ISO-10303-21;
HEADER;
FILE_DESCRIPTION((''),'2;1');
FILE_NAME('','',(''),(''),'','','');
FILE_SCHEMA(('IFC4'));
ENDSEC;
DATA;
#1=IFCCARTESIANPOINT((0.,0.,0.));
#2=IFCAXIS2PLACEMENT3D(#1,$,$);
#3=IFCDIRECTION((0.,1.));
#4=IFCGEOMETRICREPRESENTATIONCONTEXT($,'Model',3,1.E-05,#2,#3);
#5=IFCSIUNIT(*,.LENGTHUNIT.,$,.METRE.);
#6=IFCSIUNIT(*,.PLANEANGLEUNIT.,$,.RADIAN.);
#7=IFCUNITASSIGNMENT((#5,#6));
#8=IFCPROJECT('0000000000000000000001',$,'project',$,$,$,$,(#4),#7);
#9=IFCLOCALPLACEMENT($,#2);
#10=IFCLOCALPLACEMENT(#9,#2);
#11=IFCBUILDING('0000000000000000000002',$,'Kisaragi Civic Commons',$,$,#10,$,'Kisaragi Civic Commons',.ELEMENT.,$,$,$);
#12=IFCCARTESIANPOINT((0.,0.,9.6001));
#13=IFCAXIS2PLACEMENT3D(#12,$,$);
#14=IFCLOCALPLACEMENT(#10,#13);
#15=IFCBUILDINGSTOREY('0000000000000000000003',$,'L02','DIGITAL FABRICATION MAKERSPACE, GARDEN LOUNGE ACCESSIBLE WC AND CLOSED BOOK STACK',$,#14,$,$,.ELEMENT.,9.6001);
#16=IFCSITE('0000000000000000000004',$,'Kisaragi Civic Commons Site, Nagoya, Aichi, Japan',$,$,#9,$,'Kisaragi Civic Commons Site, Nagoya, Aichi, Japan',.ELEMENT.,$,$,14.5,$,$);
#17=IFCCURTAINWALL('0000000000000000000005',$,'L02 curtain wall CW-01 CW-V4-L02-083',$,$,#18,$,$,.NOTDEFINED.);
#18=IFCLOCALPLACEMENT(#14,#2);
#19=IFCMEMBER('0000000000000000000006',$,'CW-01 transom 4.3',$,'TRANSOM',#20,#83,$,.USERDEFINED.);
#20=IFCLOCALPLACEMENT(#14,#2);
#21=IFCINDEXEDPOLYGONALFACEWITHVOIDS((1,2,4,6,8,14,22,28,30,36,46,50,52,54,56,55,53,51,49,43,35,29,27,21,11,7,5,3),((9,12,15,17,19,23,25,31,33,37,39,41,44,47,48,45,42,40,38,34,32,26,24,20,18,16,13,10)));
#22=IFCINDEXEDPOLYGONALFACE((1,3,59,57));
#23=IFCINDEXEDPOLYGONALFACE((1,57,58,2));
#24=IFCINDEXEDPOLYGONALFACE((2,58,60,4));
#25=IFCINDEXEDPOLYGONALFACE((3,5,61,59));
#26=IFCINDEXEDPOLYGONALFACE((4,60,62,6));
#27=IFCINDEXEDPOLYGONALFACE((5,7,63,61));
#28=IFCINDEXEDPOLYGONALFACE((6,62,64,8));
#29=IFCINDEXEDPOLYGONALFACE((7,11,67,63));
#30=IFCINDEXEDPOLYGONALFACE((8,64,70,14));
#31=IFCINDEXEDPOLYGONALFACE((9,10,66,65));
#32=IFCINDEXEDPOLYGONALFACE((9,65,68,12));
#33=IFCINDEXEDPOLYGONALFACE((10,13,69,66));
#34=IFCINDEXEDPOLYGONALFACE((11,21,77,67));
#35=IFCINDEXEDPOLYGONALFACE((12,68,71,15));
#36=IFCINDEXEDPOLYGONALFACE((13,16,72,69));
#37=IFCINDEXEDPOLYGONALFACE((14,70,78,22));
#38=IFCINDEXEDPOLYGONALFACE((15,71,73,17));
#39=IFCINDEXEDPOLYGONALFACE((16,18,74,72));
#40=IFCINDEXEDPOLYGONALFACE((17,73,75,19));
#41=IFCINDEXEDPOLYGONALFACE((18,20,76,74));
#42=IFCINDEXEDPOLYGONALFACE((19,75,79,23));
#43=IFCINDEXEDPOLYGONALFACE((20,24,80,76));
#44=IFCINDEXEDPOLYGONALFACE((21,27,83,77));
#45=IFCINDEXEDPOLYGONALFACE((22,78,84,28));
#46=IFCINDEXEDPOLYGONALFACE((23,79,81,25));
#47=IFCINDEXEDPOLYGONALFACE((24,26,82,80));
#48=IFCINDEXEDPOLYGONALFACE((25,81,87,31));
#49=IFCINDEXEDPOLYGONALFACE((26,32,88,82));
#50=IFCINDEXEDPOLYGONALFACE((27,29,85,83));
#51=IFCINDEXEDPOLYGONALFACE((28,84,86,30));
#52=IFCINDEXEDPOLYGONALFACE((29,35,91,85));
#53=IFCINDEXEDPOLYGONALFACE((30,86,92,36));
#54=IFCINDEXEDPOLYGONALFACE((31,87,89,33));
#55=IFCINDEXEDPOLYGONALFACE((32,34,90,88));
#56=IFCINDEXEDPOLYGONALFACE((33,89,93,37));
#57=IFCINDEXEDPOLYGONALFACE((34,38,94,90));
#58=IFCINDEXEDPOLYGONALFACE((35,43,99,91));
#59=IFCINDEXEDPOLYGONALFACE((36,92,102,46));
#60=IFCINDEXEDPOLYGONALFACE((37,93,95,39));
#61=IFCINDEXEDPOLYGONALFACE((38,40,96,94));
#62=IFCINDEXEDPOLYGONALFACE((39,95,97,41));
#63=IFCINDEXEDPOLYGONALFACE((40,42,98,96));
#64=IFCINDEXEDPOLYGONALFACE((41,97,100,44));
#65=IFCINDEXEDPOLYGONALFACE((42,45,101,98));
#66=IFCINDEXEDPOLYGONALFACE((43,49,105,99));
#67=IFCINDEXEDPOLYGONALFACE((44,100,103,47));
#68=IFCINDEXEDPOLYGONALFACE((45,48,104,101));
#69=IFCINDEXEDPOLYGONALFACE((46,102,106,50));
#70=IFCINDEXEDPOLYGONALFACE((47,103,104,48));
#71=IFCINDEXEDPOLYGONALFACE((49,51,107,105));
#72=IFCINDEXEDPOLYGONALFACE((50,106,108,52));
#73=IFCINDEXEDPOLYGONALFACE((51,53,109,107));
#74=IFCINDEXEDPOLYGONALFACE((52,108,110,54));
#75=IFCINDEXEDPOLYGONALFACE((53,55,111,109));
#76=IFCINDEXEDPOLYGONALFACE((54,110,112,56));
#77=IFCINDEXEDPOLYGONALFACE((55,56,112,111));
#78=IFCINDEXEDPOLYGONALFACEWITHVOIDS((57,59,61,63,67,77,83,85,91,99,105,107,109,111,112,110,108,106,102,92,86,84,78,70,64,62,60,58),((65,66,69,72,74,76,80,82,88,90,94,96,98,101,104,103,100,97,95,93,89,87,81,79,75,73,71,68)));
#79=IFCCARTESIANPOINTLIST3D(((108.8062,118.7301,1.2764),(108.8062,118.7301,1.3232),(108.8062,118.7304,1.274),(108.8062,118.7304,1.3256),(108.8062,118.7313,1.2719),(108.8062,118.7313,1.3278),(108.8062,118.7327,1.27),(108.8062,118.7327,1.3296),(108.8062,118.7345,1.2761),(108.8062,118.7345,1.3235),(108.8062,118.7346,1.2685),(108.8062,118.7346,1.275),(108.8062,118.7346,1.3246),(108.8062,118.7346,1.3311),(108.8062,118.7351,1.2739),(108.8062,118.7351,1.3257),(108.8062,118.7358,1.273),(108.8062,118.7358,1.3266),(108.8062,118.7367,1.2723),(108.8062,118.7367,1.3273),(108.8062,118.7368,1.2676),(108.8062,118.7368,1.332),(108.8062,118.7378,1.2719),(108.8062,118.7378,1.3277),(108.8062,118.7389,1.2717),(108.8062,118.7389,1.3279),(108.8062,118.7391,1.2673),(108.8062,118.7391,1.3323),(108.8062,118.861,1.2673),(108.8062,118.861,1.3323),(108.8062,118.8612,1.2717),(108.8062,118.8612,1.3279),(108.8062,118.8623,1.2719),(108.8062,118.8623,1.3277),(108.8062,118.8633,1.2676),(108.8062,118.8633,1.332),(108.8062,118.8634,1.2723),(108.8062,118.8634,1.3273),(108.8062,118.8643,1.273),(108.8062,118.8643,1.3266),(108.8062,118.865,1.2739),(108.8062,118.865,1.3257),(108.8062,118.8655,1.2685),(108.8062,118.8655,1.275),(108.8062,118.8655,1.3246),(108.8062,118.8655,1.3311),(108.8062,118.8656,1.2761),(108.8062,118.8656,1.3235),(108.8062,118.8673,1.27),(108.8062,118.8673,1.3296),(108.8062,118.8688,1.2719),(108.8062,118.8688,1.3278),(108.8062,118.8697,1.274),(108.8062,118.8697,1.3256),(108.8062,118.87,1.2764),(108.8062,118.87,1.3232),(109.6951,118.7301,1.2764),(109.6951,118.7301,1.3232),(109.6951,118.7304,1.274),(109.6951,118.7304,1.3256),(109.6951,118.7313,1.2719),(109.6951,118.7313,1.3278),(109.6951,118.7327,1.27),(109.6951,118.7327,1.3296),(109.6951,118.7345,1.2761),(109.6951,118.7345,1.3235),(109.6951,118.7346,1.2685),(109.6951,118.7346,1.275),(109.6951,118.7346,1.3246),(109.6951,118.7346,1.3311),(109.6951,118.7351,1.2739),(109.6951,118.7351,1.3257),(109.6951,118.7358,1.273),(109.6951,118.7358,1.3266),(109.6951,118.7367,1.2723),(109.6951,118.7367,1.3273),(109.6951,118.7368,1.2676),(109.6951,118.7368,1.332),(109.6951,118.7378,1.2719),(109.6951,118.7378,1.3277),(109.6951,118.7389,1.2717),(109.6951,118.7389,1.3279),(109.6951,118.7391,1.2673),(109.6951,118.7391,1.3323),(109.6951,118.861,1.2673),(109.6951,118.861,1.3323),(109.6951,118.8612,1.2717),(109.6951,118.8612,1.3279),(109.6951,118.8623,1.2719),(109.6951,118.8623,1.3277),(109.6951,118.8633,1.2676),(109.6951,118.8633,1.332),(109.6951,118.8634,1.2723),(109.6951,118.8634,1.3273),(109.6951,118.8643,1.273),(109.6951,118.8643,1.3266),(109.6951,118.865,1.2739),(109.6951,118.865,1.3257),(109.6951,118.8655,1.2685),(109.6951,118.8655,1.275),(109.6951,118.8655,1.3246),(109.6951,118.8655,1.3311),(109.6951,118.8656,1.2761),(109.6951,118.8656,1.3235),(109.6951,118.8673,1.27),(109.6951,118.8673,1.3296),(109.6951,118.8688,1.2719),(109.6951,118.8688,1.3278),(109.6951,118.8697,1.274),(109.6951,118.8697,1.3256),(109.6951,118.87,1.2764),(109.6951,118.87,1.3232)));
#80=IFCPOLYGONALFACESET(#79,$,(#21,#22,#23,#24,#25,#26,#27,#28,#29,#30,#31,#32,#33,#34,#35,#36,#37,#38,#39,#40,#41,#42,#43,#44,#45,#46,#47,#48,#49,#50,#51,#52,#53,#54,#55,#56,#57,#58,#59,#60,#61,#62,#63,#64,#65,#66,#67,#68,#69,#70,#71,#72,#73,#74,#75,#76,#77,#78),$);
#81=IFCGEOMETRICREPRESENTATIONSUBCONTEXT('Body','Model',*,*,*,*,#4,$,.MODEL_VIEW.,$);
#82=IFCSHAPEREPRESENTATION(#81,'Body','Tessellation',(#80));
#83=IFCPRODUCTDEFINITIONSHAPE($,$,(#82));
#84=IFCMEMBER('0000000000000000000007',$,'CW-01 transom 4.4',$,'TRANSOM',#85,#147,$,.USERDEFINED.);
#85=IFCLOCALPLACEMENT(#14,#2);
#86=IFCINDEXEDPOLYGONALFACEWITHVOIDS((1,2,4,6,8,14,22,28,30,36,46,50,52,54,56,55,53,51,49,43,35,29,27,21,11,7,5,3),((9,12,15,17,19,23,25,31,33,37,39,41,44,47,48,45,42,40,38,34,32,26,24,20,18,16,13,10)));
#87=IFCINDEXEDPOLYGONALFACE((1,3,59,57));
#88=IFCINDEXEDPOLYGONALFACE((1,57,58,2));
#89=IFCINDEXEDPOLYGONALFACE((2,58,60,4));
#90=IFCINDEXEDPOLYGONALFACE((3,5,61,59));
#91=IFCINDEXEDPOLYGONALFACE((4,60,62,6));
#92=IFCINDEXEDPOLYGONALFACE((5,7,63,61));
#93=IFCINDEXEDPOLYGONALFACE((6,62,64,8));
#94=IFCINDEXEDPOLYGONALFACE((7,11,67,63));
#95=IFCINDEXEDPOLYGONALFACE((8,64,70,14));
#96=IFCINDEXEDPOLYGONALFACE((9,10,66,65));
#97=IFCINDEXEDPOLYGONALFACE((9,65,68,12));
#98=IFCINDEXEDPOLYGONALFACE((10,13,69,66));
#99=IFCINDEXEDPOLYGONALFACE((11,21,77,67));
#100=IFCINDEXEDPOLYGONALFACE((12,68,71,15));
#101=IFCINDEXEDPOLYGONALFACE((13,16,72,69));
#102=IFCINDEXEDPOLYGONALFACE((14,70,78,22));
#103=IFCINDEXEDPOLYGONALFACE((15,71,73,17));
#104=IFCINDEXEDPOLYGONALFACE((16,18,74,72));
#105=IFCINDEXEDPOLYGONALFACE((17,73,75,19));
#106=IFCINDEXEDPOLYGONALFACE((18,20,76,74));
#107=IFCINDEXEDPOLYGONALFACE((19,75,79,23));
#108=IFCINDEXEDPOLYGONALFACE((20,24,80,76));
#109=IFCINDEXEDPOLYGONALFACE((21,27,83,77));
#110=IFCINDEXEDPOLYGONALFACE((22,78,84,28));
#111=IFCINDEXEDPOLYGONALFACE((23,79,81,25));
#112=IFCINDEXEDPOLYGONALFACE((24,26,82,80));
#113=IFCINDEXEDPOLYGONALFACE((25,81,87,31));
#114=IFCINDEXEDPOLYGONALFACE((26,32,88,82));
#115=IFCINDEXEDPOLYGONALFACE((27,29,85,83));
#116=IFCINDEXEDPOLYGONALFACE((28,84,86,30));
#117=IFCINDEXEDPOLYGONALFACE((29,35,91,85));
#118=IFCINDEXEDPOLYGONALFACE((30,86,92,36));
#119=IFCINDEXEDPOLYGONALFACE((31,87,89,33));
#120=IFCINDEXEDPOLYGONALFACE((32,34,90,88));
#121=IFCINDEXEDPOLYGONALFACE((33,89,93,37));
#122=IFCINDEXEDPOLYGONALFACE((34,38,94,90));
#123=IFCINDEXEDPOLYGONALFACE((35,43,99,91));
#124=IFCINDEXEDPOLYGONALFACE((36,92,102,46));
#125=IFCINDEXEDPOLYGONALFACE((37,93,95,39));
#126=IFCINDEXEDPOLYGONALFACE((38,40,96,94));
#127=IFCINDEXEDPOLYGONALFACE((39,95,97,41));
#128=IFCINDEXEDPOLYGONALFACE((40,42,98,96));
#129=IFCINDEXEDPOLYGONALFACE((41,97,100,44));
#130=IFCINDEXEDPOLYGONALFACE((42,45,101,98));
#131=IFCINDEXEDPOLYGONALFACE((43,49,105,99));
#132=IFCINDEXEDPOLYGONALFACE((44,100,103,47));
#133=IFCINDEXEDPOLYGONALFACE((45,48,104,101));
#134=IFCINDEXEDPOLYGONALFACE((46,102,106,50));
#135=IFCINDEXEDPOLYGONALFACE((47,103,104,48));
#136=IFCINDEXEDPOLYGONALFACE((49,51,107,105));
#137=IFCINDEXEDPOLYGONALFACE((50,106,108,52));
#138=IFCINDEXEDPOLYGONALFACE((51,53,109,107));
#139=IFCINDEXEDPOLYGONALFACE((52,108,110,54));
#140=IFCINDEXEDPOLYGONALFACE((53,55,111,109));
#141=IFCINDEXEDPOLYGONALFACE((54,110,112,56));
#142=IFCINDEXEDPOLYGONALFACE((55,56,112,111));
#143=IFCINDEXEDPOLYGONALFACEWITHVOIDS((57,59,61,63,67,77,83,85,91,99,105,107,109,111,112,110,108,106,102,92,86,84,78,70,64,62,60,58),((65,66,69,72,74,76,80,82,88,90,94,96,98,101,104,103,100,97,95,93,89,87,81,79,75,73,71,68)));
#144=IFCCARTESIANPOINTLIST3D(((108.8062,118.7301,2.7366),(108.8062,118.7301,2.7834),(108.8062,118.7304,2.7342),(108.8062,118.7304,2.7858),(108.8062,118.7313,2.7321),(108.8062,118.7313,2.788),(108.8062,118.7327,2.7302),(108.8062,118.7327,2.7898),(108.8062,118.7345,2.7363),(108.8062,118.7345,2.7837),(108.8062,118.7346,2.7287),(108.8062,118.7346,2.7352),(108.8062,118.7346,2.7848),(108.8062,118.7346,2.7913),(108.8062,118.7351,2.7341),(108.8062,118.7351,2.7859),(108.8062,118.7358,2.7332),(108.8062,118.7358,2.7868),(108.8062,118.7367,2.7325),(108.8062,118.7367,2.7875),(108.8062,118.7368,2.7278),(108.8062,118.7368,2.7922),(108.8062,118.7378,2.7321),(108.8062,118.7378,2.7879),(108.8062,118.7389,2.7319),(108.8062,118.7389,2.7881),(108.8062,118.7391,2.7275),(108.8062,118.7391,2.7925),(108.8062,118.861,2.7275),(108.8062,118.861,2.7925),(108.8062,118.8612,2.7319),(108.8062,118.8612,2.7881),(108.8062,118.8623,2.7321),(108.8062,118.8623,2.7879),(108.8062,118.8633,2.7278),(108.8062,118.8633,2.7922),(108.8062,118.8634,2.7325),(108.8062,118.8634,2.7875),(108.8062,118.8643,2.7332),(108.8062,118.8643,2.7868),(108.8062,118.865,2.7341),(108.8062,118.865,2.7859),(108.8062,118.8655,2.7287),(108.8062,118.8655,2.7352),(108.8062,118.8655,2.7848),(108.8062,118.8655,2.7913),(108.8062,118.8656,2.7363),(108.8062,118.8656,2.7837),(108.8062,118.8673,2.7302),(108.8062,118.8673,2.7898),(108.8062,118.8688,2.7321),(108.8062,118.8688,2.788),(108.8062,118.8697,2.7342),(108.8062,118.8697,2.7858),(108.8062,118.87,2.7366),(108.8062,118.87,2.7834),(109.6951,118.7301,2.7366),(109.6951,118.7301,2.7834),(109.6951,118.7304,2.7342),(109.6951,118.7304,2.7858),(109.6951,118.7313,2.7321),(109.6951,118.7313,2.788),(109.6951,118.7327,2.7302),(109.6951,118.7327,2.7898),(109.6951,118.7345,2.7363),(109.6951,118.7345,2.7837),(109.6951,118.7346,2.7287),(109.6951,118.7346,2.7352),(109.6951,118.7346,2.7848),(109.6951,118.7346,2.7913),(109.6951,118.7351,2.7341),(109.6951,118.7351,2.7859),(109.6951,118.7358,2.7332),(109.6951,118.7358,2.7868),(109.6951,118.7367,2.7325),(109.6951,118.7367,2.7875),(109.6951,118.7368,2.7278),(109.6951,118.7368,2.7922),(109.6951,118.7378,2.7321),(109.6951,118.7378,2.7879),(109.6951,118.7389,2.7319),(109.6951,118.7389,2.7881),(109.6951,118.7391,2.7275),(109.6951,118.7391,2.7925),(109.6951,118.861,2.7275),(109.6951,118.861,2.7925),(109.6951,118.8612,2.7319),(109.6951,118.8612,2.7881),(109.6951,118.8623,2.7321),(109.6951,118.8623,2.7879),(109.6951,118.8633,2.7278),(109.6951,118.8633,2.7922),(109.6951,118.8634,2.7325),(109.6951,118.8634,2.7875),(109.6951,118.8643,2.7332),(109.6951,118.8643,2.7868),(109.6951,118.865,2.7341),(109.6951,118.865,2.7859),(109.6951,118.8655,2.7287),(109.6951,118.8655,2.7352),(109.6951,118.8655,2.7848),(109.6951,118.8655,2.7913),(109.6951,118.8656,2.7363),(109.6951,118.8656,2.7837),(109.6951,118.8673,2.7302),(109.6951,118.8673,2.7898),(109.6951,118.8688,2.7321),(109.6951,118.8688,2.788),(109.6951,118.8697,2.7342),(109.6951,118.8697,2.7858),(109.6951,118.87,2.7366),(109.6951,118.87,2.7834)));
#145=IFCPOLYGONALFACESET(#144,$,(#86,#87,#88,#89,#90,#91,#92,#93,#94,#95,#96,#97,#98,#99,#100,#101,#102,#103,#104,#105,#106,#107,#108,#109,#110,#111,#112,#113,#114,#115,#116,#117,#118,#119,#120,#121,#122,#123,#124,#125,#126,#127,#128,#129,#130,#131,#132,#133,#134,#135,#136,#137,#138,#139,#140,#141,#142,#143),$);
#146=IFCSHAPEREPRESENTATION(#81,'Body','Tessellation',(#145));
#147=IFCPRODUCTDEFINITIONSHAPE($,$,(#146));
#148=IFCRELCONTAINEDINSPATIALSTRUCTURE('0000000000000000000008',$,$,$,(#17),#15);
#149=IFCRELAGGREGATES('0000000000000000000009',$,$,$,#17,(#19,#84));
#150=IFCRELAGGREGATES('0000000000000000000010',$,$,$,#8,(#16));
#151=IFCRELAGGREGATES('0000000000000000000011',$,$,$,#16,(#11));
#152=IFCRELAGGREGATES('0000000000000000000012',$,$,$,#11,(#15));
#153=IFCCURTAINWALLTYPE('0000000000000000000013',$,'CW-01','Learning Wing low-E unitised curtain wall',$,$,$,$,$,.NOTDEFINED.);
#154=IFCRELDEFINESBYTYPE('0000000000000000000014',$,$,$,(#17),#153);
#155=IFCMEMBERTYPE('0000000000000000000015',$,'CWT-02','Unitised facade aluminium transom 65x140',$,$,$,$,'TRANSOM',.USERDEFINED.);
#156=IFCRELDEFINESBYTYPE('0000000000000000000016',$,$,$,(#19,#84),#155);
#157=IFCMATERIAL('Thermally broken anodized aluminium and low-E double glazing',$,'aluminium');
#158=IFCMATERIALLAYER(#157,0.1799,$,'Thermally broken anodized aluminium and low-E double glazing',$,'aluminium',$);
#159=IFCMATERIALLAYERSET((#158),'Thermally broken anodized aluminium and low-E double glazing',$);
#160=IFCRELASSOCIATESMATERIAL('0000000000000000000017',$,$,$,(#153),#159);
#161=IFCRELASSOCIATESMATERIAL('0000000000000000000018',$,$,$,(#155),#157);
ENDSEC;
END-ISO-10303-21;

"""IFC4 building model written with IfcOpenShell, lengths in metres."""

from ifc_helpers import new_model, si_unit, direction, frame, origin, origin_2d, place, context, subcontext, project, spatial, hollow_rectangle, extrude, material, layer, layer_set, material_profile, profile_set, type_object, element, aggregate, save


model = new_model("IFC4")

# Units and contexts
model_context = context("Model", 3, precision=1e-05, world=origin(), true_north=direction((0.0, 1.0)))
body_context = subcontext(model_context, "Body", "Model", "MODEL_VIEW")
ifc_project = project(units=[si_unit("LENGTHUNIT", "METRE"), si_unit("PLANEANGLEUNIT", "RADIAN")], contexts=[model_context])

# Site, building, storey
site_placement = place(None, origin())
site = spatial("IfcSite", under=ifc_project, at=site_placement, Name="Kisaragi Civic Commons Site, Nagoya, Aichi, Japan", LongName="Kisaragi Civic Commons Site, Nagoya, Aichi, Japan", CompositionType="ELEMENT", RefElevation=14.5)
building_placement = place(site_placement, origin())
building = spatial("IfcBuilding", under=site, at=building_placement, Name="Kisaragi Civic Commons", LongName="Kisaragi Civic Commons", CompositionType="ELEMENT")
storey_placement = place(building_placement, frame((0.0, 0.0, 9.6001)))
storey = spatial("IfcBuildingStorey", under=building, at=storey_placement, Name="L02", Description="DIGITAL FABRICATION MAKERSPACE, GARDEN LOUNGE ACCESSIBLE WC AND CLOSED BOOK STACK", CompositionType="ELEMENT", Elevation=9.6001)

# Curtain wall
ifc_material = material(Name="Thermally broken anodized aluminium and low-E double glazing", Category="aluminium")
ifc_layer_1 = layer(ifc_material, 0.1799, Name="Thermally broken anodized aluminium and low-E double glazing", Category="aluminium")
ifc_layer_set_1 = layer_set([ifc_layer_1], Name="Thermally broken anodized aluminium and low-E double glazing")
curtain_wall_type = type_object("IfcCurtainWallType", Name="CW-01", Description="Learning Wing low-E unitised curtain wall", PredefinedType="NOTDEFINED", material=ifc_layer_set_1)
curtain_wall_1_placement = place(storey_placement, origin())
curtain_wall_1 = element("IfcCurtainWall", 1, at=curtain_wall_1_placement, inside=storey, type_object=curtain_wall_type, Name="L02 curtain wall CW-01 CW-V4-L02-083", PredefinedType="NOTDEFINED")

# Members
ifc_material_profile_1 = material_profile(ifc_material, hollow_rectangle(XDim=0.1399, YDim=0.0649, WallThickness=0.0044, InnerFilletRadius=0.0044, OuterFilletRadius=0.009, at=origin_2d()), Name="CWT-65x140x4.5", Category="aluminium")
ifc_profile_set_1 = profile_set([ifc_material_profile_1], Name="Thermally broken anodized aluminium and low-E double glazing")
member_type_1 = type_object("IfcMemberType", Name="CWT-02", Description="Unitised facade aluminium transom 65x140", ElementType="TRANSOM", PredefinedType="USERDEFINED", material=ifc_profile_set_1)
member_1_placement = place(storey_placement, frame((108.8062, 118.8, 1.2998), z_axis=(1.0, 0.0, 0.0), x_axis=(0.0, 1.0, 0.0)))
member_1 = element("IfcMember", 2, at=member_1_placement, type_object=member_type_1, Name="CW-01 transom 4.3", ObjectType="TRANSOM", PredefinedType="USERDEFINED", context=body_context, shape_type="SweptSolid", body=[
    extrude(hollow_rectangle(XDim=0.1399, YDim=0.0649, WallThickness=0.0044, InnerFilletRadius=0.0044, OuterFilletRadius=0.009, at=origin_2d()), origin(), (0.0, 0.0, 1.0), 0.8889),
])
member_2_placement = place(storey_placement, frame((108.8062, 118.8, 2.76), z_axis=(1.0, 0.0, 0.0), x_axis=(0.0, 1.0, 0.0)))
member_2 = element("IfcMember", 3, at=member_2_placement, type_object=member_type_1, Name="CW-01 transom 4.4", ObjectType="TRANSOM", PredefinedType="USERDEFINED", context=body_context, shape_type="SweptSolid", body=[
    extrude(hollow_rectangle(XDim=0.1399, YDim=0.0649, WallThickness=0.0044, InnerFilletRadius=0.0044, OuterFilletRadius=0.009, at=origin_2d()), origin(), (0.0, 0.0, 1.0), 0.8889),
])

aggregate(curtain_wall_1, [member_1, member_2])

save(model, "model.ifc")
